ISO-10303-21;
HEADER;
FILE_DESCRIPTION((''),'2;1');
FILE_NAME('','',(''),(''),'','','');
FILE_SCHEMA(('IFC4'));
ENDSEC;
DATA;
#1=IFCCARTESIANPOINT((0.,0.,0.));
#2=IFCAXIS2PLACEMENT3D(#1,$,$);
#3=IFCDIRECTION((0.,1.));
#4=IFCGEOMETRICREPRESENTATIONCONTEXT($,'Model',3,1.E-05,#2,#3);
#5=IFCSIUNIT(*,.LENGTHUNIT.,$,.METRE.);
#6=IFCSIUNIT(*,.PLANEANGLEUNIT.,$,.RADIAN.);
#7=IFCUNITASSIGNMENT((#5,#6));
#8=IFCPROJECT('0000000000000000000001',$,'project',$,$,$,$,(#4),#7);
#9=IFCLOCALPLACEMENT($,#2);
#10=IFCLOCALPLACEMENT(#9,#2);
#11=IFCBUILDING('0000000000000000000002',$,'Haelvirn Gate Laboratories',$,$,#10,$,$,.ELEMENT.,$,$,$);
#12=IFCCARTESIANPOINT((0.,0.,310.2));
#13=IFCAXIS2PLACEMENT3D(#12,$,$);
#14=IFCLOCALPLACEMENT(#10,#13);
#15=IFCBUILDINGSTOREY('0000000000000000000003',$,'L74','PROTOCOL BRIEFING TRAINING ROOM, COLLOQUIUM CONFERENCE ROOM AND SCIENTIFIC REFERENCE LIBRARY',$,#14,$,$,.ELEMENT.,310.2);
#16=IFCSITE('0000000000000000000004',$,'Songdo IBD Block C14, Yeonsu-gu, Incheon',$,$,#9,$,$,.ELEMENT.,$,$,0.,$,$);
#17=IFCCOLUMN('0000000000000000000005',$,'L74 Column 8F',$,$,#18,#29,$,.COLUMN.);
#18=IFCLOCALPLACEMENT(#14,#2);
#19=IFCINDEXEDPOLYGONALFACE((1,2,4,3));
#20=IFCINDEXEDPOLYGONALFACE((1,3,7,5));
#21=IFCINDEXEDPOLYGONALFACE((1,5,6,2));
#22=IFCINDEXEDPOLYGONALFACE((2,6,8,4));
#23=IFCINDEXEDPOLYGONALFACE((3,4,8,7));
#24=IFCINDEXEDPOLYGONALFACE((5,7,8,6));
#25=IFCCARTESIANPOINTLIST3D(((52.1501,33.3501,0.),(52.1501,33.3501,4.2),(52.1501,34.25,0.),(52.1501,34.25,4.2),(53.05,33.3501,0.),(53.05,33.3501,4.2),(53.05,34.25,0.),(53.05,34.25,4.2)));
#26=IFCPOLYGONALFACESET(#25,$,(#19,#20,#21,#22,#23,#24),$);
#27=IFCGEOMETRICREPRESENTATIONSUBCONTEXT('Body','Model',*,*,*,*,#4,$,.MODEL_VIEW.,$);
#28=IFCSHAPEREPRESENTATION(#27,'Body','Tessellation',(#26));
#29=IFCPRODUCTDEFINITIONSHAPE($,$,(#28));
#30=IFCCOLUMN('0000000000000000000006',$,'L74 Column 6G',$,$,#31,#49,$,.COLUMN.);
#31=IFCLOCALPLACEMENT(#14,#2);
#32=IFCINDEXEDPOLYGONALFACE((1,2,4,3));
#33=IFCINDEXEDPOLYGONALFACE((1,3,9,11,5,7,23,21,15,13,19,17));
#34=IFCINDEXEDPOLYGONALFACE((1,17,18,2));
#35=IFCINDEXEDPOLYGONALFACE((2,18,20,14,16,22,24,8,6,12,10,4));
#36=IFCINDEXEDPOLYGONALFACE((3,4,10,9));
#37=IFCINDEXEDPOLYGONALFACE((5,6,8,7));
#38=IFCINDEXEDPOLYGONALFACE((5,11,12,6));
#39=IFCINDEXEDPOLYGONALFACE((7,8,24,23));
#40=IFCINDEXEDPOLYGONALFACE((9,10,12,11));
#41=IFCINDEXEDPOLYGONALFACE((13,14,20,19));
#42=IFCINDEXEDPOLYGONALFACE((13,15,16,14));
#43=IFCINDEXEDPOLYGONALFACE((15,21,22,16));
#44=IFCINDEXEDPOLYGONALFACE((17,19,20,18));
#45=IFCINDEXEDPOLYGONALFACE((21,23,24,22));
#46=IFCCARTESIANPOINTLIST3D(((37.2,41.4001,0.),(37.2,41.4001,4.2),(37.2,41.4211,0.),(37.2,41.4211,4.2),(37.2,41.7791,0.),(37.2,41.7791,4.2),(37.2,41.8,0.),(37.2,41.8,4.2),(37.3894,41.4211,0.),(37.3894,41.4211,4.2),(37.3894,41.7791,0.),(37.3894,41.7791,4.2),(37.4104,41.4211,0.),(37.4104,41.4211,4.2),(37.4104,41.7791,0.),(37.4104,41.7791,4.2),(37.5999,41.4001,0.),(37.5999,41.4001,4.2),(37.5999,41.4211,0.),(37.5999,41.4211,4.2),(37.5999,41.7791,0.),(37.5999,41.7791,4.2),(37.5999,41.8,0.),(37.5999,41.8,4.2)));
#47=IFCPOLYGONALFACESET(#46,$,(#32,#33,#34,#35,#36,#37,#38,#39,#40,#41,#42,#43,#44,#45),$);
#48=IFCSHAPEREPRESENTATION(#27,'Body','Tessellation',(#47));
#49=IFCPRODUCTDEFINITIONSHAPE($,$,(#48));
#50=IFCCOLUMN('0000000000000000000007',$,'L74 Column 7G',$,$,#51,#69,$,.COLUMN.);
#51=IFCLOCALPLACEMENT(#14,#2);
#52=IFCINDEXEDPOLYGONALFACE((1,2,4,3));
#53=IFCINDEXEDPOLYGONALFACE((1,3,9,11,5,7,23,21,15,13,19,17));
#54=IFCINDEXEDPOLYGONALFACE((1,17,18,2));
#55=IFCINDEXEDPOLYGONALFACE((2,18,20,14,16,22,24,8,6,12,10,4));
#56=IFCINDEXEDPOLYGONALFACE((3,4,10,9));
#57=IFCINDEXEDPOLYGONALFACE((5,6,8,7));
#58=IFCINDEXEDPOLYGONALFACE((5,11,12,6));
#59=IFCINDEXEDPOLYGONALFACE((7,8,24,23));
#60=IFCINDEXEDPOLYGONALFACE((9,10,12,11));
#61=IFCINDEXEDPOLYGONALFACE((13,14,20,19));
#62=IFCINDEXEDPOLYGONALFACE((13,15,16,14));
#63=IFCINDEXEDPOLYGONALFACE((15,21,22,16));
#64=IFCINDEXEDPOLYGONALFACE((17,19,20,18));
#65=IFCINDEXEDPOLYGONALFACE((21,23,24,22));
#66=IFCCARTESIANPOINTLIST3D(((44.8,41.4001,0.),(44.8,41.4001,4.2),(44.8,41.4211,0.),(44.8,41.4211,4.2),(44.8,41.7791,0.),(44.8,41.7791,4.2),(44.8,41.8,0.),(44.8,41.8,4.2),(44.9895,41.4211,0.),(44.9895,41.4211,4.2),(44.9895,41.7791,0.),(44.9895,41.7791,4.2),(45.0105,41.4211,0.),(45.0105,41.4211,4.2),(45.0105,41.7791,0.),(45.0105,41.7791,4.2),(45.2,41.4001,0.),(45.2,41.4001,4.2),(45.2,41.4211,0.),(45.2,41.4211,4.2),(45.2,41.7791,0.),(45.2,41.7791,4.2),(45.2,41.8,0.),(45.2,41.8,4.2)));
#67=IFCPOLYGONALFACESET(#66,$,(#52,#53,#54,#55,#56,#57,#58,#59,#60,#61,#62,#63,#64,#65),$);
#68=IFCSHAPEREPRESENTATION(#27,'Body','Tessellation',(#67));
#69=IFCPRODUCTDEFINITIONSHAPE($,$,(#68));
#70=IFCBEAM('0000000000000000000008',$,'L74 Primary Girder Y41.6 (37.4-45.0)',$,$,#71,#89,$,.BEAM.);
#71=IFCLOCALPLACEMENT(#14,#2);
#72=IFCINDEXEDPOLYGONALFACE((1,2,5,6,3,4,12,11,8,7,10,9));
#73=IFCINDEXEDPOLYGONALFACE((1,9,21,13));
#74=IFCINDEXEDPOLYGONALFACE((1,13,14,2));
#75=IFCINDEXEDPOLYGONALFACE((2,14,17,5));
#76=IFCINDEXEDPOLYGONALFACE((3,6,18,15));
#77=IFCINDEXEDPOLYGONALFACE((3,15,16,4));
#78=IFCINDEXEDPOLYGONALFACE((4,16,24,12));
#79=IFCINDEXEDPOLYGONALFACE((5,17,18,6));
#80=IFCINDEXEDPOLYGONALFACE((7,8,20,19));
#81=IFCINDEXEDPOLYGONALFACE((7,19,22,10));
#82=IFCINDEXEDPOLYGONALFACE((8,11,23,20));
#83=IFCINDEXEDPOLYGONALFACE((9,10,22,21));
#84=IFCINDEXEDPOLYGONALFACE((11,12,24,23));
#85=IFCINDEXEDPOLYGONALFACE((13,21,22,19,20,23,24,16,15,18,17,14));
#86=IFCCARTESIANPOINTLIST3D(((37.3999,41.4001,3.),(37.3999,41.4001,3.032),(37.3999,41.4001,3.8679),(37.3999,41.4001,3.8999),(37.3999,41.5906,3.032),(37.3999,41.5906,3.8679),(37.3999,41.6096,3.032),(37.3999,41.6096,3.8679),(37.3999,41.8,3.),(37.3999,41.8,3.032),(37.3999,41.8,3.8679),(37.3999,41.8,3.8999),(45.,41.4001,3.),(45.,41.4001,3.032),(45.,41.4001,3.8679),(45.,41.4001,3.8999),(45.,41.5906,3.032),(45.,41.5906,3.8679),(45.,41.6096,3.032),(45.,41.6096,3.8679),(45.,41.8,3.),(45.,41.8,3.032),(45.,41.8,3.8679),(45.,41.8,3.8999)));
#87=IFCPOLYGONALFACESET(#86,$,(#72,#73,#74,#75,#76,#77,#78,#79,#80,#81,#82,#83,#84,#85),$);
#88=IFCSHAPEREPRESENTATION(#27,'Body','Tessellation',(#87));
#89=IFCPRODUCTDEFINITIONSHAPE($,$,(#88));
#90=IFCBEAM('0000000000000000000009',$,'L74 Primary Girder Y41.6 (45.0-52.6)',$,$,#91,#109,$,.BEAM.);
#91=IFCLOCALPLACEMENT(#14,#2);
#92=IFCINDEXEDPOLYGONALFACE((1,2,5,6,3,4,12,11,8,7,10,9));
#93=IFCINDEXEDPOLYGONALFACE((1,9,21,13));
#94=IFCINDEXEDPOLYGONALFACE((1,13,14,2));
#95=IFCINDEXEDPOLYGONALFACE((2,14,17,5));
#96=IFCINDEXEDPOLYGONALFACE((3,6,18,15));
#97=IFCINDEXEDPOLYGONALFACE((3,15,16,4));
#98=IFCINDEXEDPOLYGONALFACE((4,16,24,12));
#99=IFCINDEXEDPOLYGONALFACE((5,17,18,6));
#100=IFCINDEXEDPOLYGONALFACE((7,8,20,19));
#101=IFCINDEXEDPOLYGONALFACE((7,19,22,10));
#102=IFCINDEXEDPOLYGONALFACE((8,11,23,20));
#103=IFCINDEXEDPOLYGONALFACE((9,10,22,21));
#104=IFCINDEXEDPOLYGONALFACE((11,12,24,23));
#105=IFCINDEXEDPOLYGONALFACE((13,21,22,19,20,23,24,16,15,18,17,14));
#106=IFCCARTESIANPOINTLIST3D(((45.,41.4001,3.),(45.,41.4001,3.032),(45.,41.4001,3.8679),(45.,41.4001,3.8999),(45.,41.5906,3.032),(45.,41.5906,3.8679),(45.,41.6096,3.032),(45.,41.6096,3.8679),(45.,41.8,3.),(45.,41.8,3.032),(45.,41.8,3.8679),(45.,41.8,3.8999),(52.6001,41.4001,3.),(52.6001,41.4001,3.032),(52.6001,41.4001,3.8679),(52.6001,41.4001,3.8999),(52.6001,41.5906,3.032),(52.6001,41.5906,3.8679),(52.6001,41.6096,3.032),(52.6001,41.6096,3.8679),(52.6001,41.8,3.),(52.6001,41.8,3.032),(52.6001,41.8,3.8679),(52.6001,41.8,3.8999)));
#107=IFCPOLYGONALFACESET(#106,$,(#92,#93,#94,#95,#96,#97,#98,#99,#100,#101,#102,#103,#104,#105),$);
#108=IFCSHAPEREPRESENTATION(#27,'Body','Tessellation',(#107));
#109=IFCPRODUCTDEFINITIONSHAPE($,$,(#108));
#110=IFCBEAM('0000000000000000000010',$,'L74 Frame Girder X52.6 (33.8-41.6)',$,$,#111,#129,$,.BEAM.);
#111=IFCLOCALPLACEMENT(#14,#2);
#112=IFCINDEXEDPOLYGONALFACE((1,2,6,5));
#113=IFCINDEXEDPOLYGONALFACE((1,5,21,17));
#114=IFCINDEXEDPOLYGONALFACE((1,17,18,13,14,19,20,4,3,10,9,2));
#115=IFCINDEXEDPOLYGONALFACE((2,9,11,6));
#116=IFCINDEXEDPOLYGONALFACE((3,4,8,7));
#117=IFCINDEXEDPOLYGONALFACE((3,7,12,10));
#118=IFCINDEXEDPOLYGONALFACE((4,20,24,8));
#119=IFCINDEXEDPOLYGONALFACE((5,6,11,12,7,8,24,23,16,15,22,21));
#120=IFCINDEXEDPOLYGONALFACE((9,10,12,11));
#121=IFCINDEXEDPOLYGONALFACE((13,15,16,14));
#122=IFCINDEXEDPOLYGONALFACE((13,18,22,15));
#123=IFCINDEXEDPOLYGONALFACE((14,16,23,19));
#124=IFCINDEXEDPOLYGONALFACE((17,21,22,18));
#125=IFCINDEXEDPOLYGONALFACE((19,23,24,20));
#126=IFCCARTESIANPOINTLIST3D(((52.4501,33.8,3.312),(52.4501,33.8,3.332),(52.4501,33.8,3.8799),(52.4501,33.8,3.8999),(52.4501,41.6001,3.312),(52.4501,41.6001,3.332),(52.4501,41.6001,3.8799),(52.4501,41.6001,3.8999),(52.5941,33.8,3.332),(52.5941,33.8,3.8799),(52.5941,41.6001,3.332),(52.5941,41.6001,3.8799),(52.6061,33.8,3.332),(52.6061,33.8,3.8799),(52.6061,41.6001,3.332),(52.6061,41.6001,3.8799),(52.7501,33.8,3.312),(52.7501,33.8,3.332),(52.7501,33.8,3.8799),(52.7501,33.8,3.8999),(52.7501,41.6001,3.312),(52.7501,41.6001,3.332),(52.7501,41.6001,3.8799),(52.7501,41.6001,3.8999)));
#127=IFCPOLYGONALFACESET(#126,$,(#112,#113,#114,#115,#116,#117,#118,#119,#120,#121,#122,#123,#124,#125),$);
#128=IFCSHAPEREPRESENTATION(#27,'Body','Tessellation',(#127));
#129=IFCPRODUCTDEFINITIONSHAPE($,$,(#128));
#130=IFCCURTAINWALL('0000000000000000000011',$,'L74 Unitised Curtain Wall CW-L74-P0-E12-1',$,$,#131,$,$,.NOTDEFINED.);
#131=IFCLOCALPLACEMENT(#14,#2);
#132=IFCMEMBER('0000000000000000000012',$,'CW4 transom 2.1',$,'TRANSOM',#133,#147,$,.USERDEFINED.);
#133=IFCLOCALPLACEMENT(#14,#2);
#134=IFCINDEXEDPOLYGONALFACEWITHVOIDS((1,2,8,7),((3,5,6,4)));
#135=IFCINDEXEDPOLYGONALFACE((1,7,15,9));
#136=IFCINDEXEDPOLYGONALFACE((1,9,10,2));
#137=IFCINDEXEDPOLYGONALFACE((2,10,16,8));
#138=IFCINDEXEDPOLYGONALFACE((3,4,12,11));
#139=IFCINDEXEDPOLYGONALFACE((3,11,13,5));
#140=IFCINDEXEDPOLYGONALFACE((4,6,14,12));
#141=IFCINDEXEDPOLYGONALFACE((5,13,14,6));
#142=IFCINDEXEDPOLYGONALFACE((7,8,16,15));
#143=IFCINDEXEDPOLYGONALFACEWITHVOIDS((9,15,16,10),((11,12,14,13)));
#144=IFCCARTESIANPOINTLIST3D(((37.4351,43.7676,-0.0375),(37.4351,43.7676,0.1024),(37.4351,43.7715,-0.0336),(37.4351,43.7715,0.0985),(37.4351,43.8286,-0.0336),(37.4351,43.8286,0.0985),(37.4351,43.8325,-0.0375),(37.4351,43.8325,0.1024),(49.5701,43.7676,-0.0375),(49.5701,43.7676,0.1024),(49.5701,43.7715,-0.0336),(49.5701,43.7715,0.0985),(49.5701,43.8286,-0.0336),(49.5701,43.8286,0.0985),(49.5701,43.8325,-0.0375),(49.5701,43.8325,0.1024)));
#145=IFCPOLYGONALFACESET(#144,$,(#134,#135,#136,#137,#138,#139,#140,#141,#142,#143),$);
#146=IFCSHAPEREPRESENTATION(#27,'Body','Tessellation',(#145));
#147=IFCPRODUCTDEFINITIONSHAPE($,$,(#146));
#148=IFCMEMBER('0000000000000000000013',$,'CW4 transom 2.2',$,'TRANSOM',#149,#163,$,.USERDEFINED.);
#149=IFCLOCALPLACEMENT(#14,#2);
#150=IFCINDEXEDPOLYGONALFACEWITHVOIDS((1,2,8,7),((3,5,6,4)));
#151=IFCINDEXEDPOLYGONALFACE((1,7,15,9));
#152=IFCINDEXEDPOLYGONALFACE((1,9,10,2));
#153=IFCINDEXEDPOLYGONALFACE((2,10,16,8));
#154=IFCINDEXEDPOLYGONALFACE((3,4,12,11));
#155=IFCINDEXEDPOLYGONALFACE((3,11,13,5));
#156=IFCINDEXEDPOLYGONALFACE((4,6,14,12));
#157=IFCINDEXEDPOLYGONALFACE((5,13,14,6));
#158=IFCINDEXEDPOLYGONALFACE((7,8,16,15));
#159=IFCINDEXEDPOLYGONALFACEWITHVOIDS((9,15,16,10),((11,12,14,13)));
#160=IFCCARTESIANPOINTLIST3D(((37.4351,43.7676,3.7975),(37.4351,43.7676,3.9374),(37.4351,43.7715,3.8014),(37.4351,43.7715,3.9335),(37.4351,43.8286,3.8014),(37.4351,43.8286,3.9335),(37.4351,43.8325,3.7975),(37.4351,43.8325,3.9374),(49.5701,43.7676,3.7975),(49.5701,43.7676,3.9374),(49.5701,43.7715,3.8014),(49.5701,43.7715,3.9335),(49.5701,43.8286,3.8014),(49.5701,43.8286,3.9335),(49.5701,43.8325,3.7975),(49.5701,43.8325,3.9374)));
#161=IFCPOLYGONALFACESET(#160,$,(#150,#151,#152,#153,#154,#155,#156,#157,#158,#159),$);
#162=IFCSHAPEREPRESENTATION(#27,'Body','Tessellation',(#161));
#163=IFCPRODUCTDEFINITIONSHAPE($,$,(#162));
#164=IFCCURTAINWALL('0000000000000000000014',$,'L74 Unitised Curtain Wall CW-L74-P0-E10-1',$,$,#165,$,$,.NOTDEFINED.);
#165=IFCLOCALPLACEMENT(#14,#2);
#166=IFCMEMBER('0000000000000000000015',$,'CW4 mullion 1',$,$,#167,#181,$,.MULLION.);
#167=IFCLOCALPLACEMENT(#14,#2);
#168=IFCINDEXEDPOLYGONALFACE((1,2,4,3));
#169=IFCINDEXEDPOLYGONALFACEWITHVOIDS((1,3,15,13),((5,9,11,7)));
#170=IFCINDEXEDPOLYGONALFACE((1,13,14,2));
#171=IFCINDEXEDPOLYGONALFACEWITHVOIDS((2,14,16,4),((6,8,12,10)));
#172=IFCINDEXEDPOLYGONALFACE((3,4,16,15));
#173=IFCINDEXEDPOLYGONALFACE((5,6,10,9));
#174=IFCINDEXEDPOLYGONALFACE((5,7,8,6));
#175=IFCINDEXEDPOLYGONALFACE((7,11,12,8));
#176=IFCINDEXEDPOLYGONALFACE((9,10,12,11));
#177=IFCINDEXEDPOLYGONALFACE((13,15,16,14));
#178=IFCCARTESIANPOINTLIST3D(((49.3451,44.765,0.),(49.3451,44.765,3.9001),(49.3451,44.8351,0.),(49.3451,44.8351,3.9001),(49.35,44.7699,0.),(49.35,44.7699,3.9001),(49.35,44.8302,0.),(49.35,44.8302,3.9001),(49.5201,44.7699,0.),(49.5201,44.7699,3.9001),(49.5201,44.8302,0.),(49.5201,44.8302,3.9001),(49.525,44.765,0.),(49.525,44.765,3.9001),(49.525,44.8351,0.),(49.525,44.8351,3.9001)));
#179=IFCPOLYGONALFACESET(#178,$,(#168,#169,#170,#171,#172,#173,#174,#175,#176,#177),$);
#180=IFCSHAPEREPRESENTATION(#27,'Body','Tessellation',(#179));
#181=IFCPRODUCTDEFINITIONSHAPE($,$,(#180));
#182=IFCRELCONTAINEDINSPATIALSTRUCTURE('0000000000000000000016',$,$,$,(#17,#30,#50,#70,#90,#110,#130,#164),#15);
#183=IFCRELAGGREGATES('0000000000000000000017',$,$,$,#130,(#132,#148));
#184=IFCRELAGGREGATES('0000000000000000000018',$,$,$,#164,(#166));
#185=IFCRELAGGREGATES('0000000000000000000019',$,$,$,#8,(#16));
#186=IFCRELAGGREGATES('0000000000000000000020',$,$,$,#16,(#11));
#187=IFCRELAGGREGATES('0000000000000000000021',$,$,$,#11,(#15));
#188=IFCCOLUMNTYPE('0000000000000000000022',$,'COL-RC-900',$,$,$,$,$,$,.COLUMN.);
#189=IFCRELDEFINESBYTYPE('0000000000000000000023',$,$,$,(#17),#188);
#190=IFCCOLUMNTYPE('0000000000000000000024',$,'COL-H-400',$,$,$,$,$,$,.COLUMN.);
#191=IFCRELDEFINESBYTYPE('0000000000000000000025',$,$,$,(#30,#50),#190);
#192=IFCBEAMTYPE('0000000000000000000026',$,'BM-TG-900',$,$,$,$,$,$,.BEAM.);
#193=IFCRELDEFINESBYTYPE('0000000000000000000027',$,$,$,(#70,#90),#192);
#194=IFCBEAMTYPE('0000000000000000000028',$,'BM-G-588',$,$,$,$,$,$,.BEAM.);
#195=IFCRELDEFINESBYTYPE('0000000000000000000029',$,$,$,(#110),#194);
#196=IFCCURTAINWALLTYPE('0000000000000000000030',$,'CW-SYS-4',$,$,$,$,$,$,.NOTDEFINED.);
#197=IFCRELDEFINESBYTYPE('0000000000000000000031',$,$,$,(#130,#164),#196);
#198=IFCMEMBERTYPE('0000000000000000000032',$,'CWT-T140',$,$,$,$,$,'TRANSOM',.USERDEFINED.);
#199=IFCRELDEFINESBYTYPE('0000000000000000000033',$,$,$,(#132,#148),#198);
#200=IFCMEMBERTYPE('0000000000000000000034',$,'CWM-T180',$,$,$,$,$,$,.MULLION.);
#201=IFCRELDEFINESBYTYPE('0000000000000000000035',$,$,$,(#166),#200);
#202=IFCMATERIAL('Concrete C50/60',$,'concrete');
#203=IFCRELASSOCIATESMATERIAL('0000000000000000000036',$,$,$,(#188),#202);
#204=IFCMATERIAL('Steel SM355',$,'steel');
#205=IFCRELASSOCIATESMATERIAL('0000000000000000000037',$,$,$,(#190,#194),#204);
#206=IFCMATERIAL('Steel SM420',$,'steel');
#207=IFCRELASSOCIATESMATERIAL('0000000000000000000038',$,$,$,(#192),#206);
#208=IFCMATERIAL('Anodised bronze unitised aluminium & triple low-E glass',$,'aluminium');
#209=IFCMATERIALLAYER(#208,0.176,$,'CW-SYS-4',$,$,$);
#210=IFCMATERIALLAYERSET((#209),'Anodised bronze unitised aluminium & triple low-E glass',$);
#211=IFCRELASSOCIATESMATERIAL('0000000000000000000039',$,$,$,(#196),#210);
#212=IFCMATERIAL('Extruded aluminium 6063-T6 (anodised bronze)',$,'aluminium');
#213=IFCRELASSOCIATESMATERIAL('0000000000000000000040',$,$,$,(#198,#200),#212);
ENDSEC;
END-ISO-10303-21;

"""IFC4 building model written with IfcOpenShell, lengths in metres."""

from ifc_helpers import new_model, si_unit, direction, frame, origin, origin_2d, place, context, subcontext, project, spatial, rectangle, hollow_rectangle, i_section, extrude, source, transform, mapped, material, layer, layer_set, material_profile, profile_set, type_object, type_shapes, element, aggregate, save


model = new_model("IFC4")

# Units and contexts
model_context = context("Model", 3, precision=1e-05, world=origin(), true_north=direction((0.0, 1.0)))
body_context = subcontext(model_context, "Body", "Model", "MODEL_VIEW")
ifc_project = project(units=[si_unit("LENGTHUNIT", "METRE"), si_unit("PLANEANGLEUNIT", "RADIAN")], contexts=[model_context])

# Site, building, storey
site_placement = place(None, origin())
site = spatial("IfcSite", under=ifc_project, at=site_placement, Name="Songdo IBD Block C14, Yeonsu-gu, Incheon", CompositionType="ELEMENT", RefElevation=0.0)
building_placement = place(site_placement, origin())
building = spatial("IfcBuilding", under=site, at=building_placement, Name="Haelvirn Gate Laboratories", CompositionType="ELEMENT")
storey_placement = place(building_placement, frame((0.0, 0.0, 310.2)))
storey = spatial("IfcBuildingStorey", under=building, at=storey_placement, Name="L74", Description="PROTOCOL BRIEFING TRAINING ROOM, COLLOQUIUM CONFERENCE ROOM AND SCIENTIFIC REFERENCE LIBRARY", CompositionType="ELEMENT", Elevation=310.2)

# Columns
ifc_material_1 = material(Name="Concrete C50/60", Category="concrete")
ifc_material_profile_1 = material_profile(ifc_material_1, rectangle(XDim=0.8999, YDim=0.8999, at=origin_2d()), Name="RC-900x900")
ifc_profile_set_1 = profile_set([ifc_material_profile_1], Name="Concrete C50/60")
column_type_1 = type_object("IfcColumnType", Name="COL-RC-900", PredefinedType="COLUMN", material=ifc_profile_set_1)
shared_shape_1 = source(origin(), body_context, "Body", "SweptSolid", [
    extrude(rectangle(XDim=0.8999, YDim=0.8999, at=origin_2d()), origin(), (0.0, 0.0, 1.0), 4.2),
])
type_shapes(column_type_1, [shared_shape_1])
column_placement = place(storey_placement, frame((52.6001, 33.8, 0.0), z_axis=(0.0, 0.0, 1.0), x_axis=(1.0, 0.0, 0.0)))
element("IfcColumn", 1, at=column_placement, inside=storey, type_object=column_type_1, Name="L74 Column 8F", PredefinedType="COLUMN", context=body_context, shape_type="MappedRepresentation", body=[
    mapped(shared_shape_1, transform((0.0, 0.0, 0.0), scale=1.0)),
])
ifc_material_2 = material(Name="Steel SM355", Category="steel")
ifc_material_profile_2 = material_profile(ifc_material_2, i_section(OverallWidth=0.3999, OverallDepth=0.3999, WebThickness=0.021, FlangeThickness=0.021, at=origin_2d()), Name="H-400x400x21x21")
ifc_profile_set_2 = profile_set([ifc_material_profile_2], Name="Steel SM355")
column_type_2 = type_object("IfcColumnType", Name="COL-H-400", PredefinedType="COLUMN", material=ifc_profile_set_2)
shared_shape_2 = source(origin(), body_context, "Body", "SweptSolid", [
    extrude(i_section(OverallWidth=0.3999, OverallDepth=0.3999, WebThickness=0.021, FlangeThickness=0.021, at=origin_2d()), origin(), (0.0, 0.0, 1.0), 4.2),
])
type_shapes(column_type_2, [shared_shape_2])
for number, where, z_axis, x_axis, name in (
    (2, (37.3999, 41.6001, 0.0), (0.0, 0.0, 1.0), (1.0, 0.0, 0.0), "L74 Column 6G"),
    (3, (45.0, 41.6001, 0.0), (0.0, 0.0, 1.0), (1.0, 0.0, 0.0), "L74 Column 7G"),
):
    element("IfcColumn", number, at=place(storey_placement, frame(where, z_axis=z_axis, x_axis=x_axis)), inside=storey, type_object=column_type_2, Name=name, PredefinedType="COLUMN", context=body_context, shape_type="MappedRepresentation", body=[
        mapped(shared_shape_2, transform((0.0, 0.0, 0.0), scale=1.0)),
    ])

# Beams
ifc_material_3 = material(Name="Steel SM420", Category="steel")
ifc_material_profile_3 = material_profile(ifc_material_3, i_section(OverallWidth=0.3999, OverallDepth=0.8999, WebThickness=0.019, FlangeThickness=0.032, at=origin_2d()), Name="H-900x400x19x32")
ifc_profile_set_3 = profile_set([ifc_material_profile_3], Name="Steel SM420")
beam_type_1 = type_object("IfcBeamType", Name="BM-TG-900", PredefinedType="BEAM", material=ifc_profile_set_3)
shared_shape_3 = source(origin(), body_context, "Body", "SweptSolid", [
    extrude(i_section(OverallWidth=0.3999, OverallDepth=0.8999, WebThickness=0.019, FlangeThickness=0.032, at=origin_2d()), origin(), (0.0, 0.0, 1.0), 7.6001),
])
type_shapes(beam_type_1, [shared_shape_3])
for number, where, z_axis, x_axis, name in (
    (4, (37.3999, 41.6001, 3.45), (1.0, 0.0, 0.0), (0.0, 1.0, 0.0), "L74 Primary Girder Y41.6 (37.4-45.0)"),
    (5, (45.0, 41.6001, 3.45), (1.0, 0.0, 0.0), (0.0, 1.0, 0.0), "L74 Primary Girder Y41.6 (45.0-52.6)"),
):
    element("IfcBeam", number, at=place(storey_placement, frame(where, z_axis=z_axis, x_axis=x_axis)), inside=storey, type_object=beam_type_1, Name=name, PredefinedType="BEAM", context=body_context, shape_type="MappedRepresentation", body=[
        mapped(shared_shape_3, transform((0.0, 0.0, 0.0), scale=1.0)),
    ])
ifc_material_profile_4 = material_profile(ifc_material_2, i_section(OverallWidth=0.3, OverallDepth=0.5879, WebThickness=0.012, FlangeThickness=0.02, at=origin_2d()), Name="H-588x300x12x20")
ifc_profile_set_4 = profile_set([ifc_material_profile_4], Name="Steel SM355")
beam_type_2 = type_object("IfcBeamType", Name="BM-G-588", PredefinedType="BEAM", material=ifc_profile_set_4)
shared_shape_4 = source(origin(), body_context, "Body", "SweptSolid", [
    extrude(i_section(OverallWidth=0.3, OverallDepth=0.5879, WebThickness=0.012, FlangeThickness=0.02, at=origin_2d()), origin(), (0.0, 0.0, 1.0), 7.8),
])
type_shapes(beam_type_2, [shared_shape_4])
beam_placement = place(storey_placement, frame((52.6001, 33.8, 3.606), z_axis=(0.0, 1.0, 0.0), x_axis=(-1.0, 0.0, 0.0)))
element("IfcBeam", 6, at=beam_placement, inside=storey, type_object=beam_type_2, Name="L74 Frame Girder X52.6 (33.8-41.6)", PredefinedType="BEAM", context=body_context, shape_type="MappedRepresentation", body=[
    mapped(shared_shape_4, transform((0.0, 0.0, 0.0), scale=1.0)),
])

# Curtain wall, members
ifc_material_4 = material(Name="Anodised bronze unitised aluminium & triple low-E glass", Category="aluminium")
ifc_layer_1 = layer(ifc_material_4, 0.176, Name="CW-SYS-4")
ifc_layer_set_1 = layer_set([ifc_layer_1], Name="Anodised bronze unitised aluminium & triple low-E glass")
curtain_wall_type = type_object("IfcCurtainWallType", Name="CW-SYS-4", PredefinedType="NOTDEFINED", material=ifc_layer_set_1)
curtain_wall_1_placement = place(storey_placement, origin())
curtain_wall_1 = element("IfcCurtainWall", 7, at=curtain_wall_1_placement, inside=storey, type_object=curtain_wall_type, Name="L74 Unitised Curtain Wall CW-L74-P0-E12-1", PredefinedType="NOTDEFINED")
ifc_material_5 = material(Name="Extruded aluminium 6063-T6 (anodised bronze)", Category="aluminium")
ifc_material_profile_5 = material_profile(ifc_material_5, hollow_rectangle(XDim=0.0649, YDim=0.1399, WallThickness=0.0039, at=origin_2d()), Name="CWT-140x65x4")
ifc_profile_set_5 = profile_set([ifc_material_profile_5], Name="Extruded aluminium 6063-T6 (anodised bronze)")
member_type_1 = type_object("IfcMemberType", Name="CWT-T140", ElementType="TRANSOM", PredefinedType="USERDEFINED", material=ifc_profile_set_5)
shared_shape_5 = source(origin(), body_context, "Body", "SweptSolid", [
    extrude(hollow_rectangle(XDim=0.0649, YDim=0.1399, WallThickness=0.0039, at=origin_2d()), origin(), (0.0, 0.0, 1.0), 12.135),
])
member_1_placement = place(storey_placement, frame((37.4351, 43.8, 0.0325), z_axis=(1.0, 0.0, 0.0), x_axis=(0.0, 1.0, 0.0)))
member_1 = element("IfcMember", 8, at=member_1_placement, type_object=member_type_1, Name="CW4 transom 2.1", ObjectType="TRANSOM", PredefinedType="USERDEFINED", context=body_context, shape_type="MappedRepresentation", body=[
    mapped(shared_shape_5, transform((0.0, 0.0, 0.0), scale=1.0)),
])
member_2_placement = place(storey_placement, frame((37.4351, 43.8, 3.8674), z_axis=(1.0, 0.0, 0.0), x_axis=(0.0, 1.0, 0.0)))
member_2 = element("IfcMember", 9, at=member_2_placement, type_object=member_type_1, Name="CW4 transom 2.2", ObjectType="TRANSOM", PredefinedType="USERDEFINED", context=body_context, shape_type="MappedRepresentation", body=[
    mapped(shared_shape_5, transform((0.0, 0.0, 0.0), scale=1.0)),
])

# Curtain wall, member
curtain_wall_2_placement = place(storey_placement, origin())
curtain_wall_2 = element("IfcCurtainWall", 10, at=curtain_wall_2_placement, inside=storey, type_object=curtain_wall_type, Name="L74 Unitised Curtain Wall CW-L74-P0-E10-1", PredefinedType="NOTDEFINED")
ifc_material_profile_6 = material_profile(ifc_material_5, hollow_rectangle(XDim=0.0701, YDim=0.1799, WallThickness=0.0049, at=origin_2d()), Name="CWM-180x70x5")
ifc_profile_set_6 = profile_set([ifc_material_profile_6], Name="Extruded aluminium 6063-T6 (anodised bronze)")
member_type_2 = type_object("IfcMemberType", Name="CWM-T180", PredefinedType="MULLION", material=ifc_profile_set_6)
shared_shape_6 = source(origin(), body_context, "Body", "SweptSolid", [
    extrude(hollow_rectangle(XDim=0.0701, YDim=0.1799, WallThickness=0.0049, at=origin_2d()), origin(), (0.0, 0.0, 1.0), 3.9001),
])
type_shapes(member_type_2, [shared_shape_6])
member_3_placement = place(storey_placement, frame((49.4351, 44.8, 0.0), z_axis=(0.0, 0.0, 1.0), x_axis=(0.0, 1.0, 0.0)))
member_3 = element("IfcMember", 11, at=member_3_placement, type_object=member_type_2, Name="CW4 mullion 1", PredefinedType="MULLION", context=body_context, shape_type="MappedRepresentation", body=[
    mapped(shared_shape_6, transform((0.0, 0.0, 0.0), scale=1.0)),
])

aggregate(curtain_wall_1, [member_1, member_2])
aggregate(curtain_wall_2, [member_3])

save(model, "model.ifc")
